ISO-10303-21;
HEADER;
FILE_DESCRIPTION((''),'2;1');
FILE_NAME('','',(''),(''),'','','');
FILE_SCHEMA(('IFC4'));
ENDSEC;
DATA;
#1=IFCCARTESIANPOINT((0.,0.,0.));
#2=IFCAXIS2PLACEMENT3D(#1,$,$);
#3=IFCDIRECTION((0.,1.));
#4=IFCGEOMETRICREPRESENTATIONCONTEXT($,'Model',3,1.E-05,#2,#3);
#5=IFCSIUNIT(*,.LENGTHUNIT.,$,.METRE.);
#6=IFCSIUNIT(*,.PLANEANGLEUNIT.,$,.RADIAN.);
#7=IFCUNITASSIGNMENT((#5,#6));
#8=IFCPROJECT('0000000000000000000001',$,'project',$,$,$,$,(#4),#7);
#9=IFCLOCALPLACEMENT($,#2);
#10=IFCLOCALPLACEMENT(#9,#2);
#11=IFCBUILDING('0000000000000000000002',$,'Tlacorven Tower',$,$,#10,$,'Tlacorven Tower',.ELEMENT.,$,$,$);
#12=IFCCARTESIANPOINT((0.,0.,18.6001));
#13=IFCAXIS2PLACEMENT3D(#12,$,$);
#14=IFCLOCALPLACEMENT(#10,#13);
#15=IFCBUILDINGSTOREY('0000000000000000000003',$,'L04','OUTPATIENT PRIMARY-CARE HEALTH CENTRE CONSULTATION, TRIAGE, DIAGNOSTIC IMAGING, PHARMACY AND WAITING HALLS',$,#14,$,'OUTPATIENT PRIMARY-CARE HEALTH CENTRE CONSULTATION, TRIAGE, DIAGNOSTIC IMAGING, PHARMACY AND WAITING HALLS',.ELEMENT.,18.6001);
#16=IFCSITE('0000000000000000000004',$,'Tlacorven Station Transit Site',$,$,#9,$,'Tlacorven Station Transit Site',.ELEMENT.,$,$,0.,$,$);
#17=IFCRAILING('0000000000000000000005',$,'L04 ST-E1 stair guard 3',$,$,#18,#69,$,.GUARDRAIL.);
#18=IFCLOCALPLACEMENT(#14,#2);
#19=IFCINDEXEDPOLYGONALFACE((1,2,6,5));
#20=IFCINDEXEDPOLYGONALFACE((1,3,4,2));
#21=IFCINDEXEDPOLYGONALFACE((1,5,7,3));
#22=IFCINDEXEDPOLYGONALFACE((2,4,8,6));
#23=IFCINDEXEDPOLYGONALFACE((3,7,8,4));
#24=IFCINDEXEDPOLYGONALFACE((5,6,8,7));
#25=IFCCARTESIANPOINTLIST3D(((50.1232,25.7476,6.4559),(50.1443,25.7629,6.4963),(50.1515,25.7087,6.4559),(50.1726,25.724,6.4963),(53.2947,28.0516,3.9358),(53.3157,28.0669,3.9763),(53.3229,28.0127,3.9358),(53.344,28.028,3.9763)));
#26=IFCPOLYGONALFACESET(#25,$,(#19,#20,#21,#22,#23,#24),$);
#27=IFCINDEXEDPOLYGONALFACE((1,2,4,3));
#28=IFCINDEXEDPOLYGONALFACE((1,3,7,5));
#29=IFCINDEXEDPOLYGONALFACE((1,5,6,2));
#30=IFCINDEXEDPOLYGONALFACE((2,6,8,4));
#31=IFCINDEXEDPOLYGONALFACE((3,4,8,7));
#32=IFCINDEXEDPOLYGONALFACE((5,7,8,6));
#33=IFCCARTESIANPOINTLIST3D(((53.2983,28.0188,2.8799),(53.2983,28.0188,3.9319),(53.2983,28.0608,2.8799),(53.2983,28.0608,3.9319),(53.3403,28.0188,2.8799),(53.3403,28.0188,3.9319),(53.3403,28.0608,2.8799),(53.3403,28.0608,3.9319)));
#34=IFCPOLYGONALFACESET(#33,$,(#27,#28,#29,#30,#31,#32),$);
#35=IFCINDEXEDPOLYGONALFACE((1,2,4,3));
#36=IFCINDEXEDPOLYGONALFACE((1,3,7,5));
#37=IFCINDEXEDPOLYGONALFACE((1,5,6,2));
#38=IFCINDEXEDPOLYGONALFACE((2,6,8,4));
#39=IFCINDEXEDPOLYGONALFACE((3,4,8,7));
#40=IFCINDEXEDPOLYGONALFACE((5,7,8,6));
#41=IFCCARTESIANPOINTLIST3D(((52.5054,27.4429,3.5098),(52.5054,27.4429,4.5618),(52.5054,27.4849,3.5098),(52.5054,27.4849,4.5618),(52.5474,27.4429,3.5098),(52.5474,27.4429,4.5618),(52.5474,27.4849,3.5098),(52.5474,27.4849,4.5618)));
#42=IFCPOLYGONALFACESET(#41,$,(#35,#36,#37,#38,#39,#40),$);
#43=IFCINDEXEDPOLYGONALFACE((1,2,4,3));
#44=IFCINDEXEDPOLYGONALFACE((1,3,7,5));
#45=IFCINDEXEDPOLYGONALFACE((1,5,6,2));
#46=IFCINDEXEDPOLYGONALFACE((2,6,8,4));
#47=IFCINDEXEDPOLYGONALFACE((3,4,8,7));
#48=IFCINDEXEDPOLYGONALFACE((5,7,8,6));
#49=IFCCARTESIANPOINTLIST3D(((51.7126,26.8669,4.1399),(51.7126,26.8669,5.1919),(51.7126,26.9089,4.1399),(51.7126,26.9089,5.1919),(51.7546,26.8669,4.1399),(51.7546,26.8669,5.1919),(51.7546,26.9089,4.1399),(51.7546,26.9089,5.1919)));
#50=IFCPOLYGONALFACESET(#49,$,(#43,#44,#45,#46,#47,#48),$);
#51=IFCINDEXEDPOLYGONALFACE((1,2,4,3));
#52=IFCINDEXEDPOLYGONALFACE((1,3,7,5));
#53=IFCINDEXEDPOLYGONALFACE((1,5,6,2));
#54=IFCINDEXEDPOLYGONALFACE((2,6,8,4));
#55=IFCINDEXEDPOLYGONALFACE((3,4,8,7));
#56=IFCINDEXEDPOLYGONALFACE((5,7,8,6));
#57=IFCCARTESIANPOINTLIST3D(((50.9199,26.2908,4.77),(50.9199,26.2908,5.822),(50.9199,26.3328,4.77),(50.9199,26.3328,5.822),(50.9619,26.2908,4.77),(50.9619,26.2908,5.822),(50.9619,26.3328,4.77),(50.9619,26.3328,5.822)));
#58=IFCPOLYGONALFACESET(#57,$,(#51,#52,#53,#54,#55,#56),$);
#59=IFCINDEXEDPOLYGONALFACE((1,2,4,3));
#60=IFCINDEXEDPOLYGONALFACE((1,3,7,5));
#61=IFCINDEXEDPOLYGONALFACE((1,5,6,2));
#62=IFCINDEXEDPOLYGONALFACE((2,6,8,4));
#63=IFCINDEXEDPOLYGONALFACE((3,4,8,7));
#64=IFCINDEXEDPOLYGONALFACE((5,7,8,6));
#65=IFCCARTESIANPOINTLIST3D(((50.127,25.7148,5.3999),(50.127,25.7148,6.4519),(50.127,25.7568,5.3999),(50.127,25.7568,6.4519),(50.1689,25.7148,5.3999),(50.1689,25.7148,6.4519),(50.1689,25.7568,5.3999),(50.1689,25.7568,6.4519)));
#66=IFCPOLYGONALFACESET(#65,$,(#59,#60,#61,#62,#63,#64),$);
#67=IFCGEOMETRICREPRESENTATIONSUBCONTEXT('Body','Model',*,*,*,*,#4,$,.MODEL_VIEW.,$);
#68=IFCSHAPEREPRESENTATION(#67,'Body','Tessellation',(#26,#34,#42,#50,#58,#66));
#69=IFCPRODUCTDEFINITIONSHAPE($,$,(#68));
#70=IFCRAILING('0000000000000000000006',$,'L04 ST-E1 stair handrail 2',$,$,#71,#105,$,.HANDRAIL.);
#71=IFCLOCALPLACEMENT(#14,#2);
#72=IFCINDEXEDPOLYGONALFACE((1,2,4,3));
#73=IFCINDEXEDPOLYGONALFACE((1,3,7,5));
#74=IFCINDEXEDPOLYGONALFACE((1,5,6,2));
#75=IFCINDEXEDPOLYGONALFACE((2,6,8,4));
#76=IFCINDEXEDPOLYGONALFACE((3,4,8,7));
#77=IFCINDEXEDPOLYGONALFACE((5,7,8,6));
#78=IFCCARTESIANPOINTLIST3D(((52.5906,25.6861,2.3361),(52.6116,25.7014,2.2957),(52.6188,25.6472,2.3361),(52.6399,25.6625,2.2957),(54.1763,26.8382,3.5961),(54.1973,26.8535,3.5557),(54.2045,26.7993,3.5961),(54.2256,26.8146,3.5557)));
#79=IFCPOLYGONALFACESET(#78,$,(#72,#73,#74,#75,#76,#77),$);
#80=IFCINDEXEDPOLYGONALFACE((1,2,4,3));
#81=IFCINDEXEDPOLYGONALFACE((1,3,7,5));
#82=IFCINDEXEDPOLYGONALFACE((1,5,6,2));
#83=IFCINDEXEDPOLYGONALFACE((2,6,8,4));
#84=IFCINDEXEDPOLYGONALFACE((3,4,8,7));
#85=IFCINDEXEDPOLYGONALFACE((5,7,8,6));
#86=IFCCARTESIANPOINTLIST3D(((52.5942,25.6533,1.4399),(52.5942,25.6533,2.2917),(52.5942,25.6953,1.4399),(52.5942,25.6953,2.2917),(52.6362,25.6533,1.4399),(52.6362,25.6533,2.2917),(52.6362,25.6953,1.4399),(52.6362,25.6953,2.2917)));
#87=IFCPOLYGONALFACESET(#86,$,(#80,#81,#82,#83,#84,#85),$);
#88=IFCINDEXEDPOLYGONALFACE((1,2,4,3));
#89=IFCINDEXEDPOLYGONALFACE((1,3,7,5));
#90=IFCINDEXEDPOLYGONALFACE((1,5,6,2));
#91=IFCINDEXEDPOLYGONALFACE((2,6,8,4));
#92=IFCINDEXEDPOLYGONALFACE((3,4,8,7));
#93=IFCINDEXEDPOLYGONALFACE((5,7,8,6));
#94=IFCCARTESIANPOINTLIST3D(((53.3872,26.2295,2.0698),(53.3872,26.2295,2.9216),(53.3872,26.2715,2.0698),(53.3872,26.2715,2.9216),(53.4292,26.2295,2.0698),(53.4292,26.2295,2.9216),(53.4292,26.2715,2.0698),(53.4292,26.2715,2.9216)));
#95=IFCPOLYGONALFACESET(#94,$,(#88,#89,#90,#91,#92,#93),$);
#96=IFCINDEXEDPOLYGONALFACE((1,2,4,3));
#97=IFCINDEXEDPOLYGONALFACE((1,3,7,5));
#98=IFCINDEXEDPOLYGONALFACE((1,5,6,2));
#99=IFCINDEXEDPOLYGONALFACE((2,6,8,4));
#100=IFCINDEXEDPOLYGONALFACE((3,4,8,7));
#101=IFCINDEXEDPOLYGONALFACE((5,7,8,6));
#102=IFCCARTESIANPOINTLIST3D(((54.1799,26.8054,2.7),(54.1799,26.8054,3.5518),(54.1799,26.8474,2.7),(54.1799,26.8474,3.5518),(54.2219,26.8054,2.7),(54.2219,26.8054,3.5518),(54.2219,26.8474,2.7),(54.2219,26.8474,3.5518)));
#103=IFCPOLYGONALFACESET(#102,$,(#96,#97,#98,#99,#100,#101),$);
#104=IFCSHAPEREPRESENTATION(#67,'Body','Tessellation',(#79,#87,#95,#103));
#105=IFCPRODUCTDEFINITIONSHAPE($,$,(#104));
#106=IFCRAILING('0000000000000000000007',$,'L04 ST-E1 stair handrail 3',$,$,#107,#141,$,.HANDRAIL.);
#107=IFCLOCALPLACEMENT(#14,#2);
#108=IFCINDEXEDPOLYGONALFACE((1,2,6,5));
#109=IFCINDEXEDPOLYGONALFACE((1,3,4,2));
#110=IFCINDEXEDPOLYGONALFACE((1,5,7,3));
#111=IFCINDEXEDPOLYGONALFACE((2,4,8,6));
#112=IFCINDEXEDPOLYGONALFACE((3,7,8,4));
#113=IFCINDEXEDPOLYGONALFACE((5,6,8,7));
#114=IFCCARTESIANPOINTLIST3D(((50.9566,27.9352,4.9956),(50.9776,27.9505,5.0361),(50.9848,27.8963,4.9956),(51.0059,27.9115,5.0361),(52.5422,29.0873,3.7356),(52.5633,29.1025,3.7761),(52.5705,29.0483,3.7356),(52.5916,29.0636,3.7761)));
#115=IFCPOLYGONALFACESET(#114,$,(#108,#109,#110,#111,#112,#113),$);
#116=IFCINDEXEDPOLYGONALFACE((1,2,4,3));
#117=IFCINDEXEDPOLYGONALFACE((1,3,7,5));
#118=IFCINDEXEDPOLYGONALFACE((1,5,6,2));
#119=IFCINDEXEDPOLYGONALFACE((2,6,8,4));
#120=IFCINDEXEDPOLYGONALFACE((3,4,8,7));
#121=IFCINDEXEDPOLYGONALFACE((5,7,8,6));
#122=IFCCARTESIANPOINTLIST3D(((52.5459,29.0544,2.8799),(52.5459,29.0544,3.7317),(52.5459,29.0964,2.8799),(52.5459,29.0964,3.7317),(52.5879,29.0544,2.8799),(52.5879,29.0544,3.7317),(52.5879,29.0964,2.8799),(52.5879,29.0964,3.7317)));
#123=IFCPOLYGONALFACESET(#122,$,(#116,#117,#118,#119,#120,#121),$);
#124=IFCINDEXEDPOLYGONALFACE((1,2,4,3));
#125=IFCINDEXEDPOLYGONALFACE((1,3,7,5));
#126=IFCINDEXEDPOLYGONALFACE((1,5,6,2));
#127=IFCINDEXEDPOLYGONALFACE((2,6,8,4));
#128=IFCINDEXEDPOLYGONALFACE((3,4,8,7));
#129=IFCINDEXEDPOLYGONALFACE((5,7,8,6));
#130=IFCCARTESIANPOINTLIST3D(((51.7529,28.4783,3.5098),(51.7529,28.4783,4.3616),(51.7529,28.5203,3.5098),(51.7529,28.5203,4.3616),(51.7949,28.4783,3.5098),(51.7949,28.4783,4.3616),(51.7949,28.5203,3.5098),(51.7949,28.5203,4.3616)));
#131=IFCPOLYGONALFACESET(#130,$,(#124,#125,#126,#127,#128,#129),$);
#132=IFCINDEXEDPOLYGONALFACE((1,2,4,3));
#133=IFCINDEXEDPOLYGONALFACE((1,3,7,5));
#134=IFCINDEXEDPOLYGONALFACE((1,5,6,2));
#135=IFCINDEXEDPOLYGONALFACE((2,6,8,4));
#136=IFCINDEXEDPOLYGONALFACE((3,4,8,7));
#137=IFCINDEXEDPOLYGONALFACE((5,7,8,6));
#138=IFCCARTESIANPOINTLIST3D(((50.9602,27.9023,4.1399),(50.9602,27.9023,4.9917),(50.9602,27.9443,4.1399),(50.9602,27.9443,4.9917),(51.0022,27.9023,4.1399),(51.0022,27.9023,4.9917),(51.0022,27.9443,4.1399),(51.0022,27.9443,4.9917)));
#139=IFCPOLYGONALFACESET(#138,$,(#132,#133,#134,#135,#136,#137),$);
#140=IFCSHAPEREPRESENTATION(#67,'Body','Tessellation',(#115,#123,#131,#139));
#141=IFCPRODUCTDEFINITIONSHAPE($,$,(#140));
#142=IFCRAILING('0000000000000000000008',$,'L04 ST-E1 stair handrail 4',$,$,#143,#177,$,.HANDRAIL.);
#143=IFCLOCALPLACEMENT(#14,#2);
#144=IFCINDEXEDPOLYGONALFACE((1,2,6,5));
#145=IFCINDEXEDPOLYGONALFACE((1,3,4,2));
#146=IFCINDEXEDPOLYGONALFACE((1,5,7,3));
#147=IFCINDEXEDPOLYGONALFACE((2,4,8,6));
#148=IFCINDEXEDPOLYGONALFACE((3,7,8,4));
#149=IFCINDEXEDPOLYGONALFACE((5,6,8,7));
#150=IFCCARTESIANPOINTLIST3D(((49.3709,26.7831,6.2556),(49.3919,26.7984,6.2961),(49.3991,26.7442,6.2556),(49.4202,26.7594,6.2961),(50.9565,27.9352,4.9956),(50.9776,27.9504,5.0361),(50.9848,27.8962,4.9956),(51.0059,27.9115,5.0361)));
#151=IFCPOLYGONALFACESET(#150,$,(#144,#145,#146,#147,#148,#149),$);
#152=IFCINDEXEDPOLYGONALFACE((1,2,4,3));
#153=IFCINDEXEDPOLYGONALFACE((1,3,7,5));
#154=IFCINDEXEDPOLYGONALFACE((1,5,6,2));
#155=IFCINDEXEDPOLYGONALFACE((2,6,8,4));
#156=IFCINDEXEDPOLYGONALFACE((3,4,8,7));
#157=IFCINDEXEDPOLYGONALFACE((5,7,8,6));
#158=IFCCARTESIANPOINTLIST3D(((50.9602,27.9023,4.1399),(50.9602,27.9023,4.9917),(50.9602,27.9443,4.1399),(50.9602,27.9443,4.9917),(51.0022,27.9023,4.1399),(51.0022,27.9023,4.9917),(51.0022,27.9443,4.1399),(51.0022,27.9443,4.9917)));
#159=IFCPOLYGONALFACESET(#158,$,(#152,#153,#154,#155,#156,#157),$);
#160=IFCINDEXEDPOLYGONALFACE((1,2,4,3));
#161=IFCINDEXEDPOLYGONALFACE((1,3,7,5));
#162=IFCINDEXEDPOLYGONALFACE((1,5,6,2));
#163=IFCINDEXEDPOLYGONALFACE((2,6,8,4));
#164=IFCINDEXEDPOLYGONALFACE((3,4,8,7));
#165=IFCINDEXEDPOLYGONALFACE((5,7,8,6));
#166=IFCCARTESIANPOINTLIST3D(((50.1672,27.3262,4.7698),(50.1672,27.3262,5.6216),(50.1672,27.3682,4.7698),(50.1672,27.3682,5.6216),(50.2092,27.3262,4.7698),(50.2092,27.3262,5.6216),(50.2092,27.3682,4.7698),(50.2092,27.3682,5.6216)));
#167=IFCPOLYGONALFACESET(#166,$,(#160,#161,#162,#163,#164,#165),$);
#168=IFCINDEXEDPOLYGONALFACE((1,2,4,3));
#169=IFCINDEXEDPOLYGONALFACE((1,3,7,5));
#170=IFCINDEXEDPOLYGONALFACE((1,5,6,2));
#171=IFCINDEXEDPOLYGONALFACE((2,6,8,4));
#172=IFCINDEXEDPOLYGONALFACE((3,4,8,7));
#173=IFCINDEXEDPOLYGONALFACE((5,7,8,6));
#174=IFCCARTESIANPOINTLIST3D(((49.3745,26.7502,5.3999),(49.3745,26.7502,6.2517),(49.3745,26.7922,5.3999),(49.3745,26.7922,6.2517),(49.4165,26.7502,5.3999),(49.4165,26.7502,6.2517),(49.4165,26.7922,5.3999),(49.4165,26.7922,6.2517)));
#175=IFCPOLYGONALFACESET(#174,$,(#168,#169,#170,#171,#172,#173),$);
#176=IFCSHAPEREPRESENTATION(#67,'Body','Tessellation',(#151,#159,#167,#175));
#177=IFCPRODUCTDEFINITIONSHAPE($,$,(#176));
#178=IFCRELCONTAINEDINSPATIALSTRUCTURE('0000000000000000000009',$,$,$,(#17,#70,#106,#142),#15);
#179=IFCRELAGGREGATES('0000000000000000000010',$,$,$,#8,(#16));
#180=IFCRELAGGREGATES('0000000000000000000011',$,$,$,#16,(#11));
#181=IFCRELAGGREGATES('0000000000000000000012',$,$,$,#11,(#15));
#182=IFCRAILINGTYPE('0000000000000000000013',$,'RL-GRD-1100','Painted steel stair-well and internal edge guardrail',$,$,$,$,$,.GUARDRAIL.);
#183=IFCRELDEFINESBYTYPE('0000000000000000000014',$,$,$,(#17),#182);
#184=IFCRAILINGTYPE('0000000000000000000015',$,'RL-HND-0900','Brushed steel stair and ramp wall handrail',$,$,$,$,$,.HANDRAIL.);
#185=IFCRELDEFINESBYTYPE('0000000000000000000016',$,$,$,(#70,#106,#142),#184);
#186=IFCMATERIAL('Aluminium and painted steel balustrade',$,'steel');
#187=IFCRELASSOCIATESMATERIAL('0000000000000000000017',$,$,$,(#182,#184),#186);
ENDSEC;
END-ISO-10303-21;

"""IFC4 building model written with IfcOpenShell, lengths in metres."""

from ifc_helpers import new_model, si_unit, direction, frame, origin, origin_2d, place, context, subcontext, project, spatial, rectangle, extrude, source, transform, mapped, material, type_object, element, save


model = new_model("IFC4")

# Units and contexts
model_context = context("Model", 3, precision=1e-05, world=origin(), true_north=direction((0.0, 1.0)))
body_context = subcontext(model_context, "Body", "Model", "MODEL_VIEW")
ifc_project = project(units=[si_unit("LENGTHUNIT", "METRE"), si_unit("PLANEANGLEUNIT", "RADIAN")], contexts=[model_context])

# Site, building, storey
site_placement = place(None, origin())
site = spatial("IfcSite", under=ifc_project, at=site_placement, Name="Tlacorven Station Transit Site", LongName="Tlacorven Station Transit Site", CompositionType="ELEMENT", RefElevation=0.0)
building_placement = place(site_placement, origin())
building = spatial("IfcBuilding", under=site, at=building_placement, Name="Tlacorven Tower", LongName="Tlacorven Tower", CompositionType="ELEMENT")
storey_placement = place(building_placement, frame((0.0, 0.0, 18.6001)))
storey = spatial("IfcBuildingStorey", under=building, at=storey_placement, Name="L04", Description="OUTPATIENT PRIMARY-CARE HEALTH CENTRE CONSULTATION, TRIAGE, DIAGNOSTIC IMAGING, PHARMACY AND WAITING HALLS", LongName="OUTPATIENT PRIMARY-CARE HEALTH CENTRE CONSULTATION, TRIAGE, DIAGNOSTIC IMAGING, PHARMACY AND WAITING HALLS", CompositionType="ELEMENT", Elevation=18.6001)

# Railings
ifc_material_1 = material(Name="Aluminium and painted steel balustrade", Category="steel")
railing_type_1 = type_object("IfcRailingType", Name="RL-GRD-1100", Description="Painted steel stair-well and internal edge guardrail", PredefinedType="GUARDRAIL", material=ifc_material_1)
shared_shape_1 = source(origin(), body_context, "Body", "SweptSolid", [
    extrude(rectangle(XDim=0.0481, YDim=0.0481, at=origin_2d()), frame((0.0, 0.0, 1.0762), z_axis=(-0.680543, -0.494402, 0.540767), x_axis=(0.587753, -0.80904, 0.0)), (0.0, 0.0, 1.0), 4.6602),
    extrude(rectangle(XDim=0.042, YDim=0.042, at=origin_2d()), origin(), (0.0, 0.0, 1.0), 1.052),
    extrude(rectangle(XDim=0.042, YDim=0.042, at=origin_2d()), frame((-0.793, -0.5759, 0.6299)), (0.0, 0.0, 1.0), 1.052),
    extrude(rectangle(XDim=0.042, YDim=0.042, at=origin_2d()), frame((-1.5857, -1.1519, 1.26)), (0.0, 0.0, 1.0), 1.052),
    extrude(rectangle(XDim=0.042, YDim=0.042, at=origin_2d()), frame((-2.3784, -1.728, 1.8901)), (0.0, 0.0, 1.0), 1.052),
    extrude(rectangle(XDim=0.042, YDim=0.042, at=origin_2d()), frame((-3.1714, -2.304, 2.52)), (0.0, 0.0, 1.0), 1.052),
])
railing_1_placement = place(storey_placement, frame((53.3193, 28.0398, 2.8799)))
element("IfcRailing", 1, at=railing_1_placement, inside=storey, type_object=railing_type_1, Name="L04 ST-E1 stair guard 3", PredefinedType="GUARDRAIL", context=body_context, shape_type="MappedRepresentation", body=[
    mapped(shared_shape_1, transform((0.0, 0.0, 0.0), scale=1.0)),
])
railing_type_2 = type_object("IfcRailingType", Name="RL-HND-0900", Description="Brushed steel stair and ramp wall handrail", PredefinedType="HANDRAIL", material=ifc_material_1)
shared_shape_2 = source(origin(), body_context, "Body", "SweptSolid", [
    extrude(rectangle(XDim=0.0481, YDim=0.0481, at=origin_2d()), frame((0.0, 0.0, 0.876), z_axis=(0.680525, 0.494441, 0.540753), x_axis=(-0.587794, 0.809011, 0.0)), (0.0, 0.0, 1.0), 2.3301),
    extrude(rectangle(XDim=0.042, YDim=0.042, at=origin_2d()), origin(), (0.0, 0.0, 1.0), 0.8518),
    extrude(rectangle(XDim=0.042, YDim=0.042, at=origin_2d()), frame((0.793, 0.5762, 0.6299)), (0.0, 0.0, 1.0), 0.8518),
    extrude(rectangle(XDim=0.042, YDim=0.042, at=origin_2d()), frame((1.5857, 1.1521, 1.26)), (0.0, 0.0, 1.0), 0.8518),
])
railing_2_placement = place(storey_placement, frame((52.6152, 25.6743, 1.4399)))
element("IfcRailing", 2, at=railing_2_placement, inside=storey, type_object=railing_type_2, Name="L04 ST-E1 stair handrail 2", PredefinedType="HANDRAIL", context=body_context, shape_type="MappedRepresentation", body=[
    mapped(shared_shape_2, transform((0.0, 0.0, 0.0), scale=1.0)),
])
shared_shape_3 = source(origin(), body_context, "Body", "SweptSolid", [
    extrude(rectangle(XDim=0.0481, YDim=0.0481, at=origin_2d()), frame((0.0, 0.0, 0.876), z_axis=(-0.680525, -0.494441, 0.540753), x_axis=(0.587794, -0.809011, 0.0)), (0.0, 0.0, 1.0), 2.3301),
    extrude(rectangle(XDim=0.042, YDim=0.042, at=origin_2d()), origin(), (0.0, 0.0, 1.0), 0.8518),
    extrude(rectangle(XDim=0.042, YDim=0.042, at=origin_2d()), frame((-0.793, -0.5762, 0.6299)), (0.0, 0.0, 1.0), 0.8518),
    extrude(rectangle(XDim=0.042, YDim=0.042, at=origin_2d()), frame((-1.5857, -1.1521, 1.26)), (0.0, 0.0, 1.0), 0.8518),
])
for number, where, name in (
    (3, (52.5669, 29.0754, 2.8799), "L04 ST-E1 stair handrail 3"),
    (4, (50.9812, 27.9233, 4.1399), "L04 ST-E1 stair handrail 4"),
):
    element("IfcRailing", number, at=place(storey_placement, frame(where)), inside=storey, type_object=railing_type_2, Name=name, PredefinedType="HANDRAIL", context=body_context, shape_type="MappedRepresentation", body=[
        mapped(shared_shape_3, transform((0.0, 0.0, 0.0), scale=1.0)),
    ])

save(model, "model.ifc")
